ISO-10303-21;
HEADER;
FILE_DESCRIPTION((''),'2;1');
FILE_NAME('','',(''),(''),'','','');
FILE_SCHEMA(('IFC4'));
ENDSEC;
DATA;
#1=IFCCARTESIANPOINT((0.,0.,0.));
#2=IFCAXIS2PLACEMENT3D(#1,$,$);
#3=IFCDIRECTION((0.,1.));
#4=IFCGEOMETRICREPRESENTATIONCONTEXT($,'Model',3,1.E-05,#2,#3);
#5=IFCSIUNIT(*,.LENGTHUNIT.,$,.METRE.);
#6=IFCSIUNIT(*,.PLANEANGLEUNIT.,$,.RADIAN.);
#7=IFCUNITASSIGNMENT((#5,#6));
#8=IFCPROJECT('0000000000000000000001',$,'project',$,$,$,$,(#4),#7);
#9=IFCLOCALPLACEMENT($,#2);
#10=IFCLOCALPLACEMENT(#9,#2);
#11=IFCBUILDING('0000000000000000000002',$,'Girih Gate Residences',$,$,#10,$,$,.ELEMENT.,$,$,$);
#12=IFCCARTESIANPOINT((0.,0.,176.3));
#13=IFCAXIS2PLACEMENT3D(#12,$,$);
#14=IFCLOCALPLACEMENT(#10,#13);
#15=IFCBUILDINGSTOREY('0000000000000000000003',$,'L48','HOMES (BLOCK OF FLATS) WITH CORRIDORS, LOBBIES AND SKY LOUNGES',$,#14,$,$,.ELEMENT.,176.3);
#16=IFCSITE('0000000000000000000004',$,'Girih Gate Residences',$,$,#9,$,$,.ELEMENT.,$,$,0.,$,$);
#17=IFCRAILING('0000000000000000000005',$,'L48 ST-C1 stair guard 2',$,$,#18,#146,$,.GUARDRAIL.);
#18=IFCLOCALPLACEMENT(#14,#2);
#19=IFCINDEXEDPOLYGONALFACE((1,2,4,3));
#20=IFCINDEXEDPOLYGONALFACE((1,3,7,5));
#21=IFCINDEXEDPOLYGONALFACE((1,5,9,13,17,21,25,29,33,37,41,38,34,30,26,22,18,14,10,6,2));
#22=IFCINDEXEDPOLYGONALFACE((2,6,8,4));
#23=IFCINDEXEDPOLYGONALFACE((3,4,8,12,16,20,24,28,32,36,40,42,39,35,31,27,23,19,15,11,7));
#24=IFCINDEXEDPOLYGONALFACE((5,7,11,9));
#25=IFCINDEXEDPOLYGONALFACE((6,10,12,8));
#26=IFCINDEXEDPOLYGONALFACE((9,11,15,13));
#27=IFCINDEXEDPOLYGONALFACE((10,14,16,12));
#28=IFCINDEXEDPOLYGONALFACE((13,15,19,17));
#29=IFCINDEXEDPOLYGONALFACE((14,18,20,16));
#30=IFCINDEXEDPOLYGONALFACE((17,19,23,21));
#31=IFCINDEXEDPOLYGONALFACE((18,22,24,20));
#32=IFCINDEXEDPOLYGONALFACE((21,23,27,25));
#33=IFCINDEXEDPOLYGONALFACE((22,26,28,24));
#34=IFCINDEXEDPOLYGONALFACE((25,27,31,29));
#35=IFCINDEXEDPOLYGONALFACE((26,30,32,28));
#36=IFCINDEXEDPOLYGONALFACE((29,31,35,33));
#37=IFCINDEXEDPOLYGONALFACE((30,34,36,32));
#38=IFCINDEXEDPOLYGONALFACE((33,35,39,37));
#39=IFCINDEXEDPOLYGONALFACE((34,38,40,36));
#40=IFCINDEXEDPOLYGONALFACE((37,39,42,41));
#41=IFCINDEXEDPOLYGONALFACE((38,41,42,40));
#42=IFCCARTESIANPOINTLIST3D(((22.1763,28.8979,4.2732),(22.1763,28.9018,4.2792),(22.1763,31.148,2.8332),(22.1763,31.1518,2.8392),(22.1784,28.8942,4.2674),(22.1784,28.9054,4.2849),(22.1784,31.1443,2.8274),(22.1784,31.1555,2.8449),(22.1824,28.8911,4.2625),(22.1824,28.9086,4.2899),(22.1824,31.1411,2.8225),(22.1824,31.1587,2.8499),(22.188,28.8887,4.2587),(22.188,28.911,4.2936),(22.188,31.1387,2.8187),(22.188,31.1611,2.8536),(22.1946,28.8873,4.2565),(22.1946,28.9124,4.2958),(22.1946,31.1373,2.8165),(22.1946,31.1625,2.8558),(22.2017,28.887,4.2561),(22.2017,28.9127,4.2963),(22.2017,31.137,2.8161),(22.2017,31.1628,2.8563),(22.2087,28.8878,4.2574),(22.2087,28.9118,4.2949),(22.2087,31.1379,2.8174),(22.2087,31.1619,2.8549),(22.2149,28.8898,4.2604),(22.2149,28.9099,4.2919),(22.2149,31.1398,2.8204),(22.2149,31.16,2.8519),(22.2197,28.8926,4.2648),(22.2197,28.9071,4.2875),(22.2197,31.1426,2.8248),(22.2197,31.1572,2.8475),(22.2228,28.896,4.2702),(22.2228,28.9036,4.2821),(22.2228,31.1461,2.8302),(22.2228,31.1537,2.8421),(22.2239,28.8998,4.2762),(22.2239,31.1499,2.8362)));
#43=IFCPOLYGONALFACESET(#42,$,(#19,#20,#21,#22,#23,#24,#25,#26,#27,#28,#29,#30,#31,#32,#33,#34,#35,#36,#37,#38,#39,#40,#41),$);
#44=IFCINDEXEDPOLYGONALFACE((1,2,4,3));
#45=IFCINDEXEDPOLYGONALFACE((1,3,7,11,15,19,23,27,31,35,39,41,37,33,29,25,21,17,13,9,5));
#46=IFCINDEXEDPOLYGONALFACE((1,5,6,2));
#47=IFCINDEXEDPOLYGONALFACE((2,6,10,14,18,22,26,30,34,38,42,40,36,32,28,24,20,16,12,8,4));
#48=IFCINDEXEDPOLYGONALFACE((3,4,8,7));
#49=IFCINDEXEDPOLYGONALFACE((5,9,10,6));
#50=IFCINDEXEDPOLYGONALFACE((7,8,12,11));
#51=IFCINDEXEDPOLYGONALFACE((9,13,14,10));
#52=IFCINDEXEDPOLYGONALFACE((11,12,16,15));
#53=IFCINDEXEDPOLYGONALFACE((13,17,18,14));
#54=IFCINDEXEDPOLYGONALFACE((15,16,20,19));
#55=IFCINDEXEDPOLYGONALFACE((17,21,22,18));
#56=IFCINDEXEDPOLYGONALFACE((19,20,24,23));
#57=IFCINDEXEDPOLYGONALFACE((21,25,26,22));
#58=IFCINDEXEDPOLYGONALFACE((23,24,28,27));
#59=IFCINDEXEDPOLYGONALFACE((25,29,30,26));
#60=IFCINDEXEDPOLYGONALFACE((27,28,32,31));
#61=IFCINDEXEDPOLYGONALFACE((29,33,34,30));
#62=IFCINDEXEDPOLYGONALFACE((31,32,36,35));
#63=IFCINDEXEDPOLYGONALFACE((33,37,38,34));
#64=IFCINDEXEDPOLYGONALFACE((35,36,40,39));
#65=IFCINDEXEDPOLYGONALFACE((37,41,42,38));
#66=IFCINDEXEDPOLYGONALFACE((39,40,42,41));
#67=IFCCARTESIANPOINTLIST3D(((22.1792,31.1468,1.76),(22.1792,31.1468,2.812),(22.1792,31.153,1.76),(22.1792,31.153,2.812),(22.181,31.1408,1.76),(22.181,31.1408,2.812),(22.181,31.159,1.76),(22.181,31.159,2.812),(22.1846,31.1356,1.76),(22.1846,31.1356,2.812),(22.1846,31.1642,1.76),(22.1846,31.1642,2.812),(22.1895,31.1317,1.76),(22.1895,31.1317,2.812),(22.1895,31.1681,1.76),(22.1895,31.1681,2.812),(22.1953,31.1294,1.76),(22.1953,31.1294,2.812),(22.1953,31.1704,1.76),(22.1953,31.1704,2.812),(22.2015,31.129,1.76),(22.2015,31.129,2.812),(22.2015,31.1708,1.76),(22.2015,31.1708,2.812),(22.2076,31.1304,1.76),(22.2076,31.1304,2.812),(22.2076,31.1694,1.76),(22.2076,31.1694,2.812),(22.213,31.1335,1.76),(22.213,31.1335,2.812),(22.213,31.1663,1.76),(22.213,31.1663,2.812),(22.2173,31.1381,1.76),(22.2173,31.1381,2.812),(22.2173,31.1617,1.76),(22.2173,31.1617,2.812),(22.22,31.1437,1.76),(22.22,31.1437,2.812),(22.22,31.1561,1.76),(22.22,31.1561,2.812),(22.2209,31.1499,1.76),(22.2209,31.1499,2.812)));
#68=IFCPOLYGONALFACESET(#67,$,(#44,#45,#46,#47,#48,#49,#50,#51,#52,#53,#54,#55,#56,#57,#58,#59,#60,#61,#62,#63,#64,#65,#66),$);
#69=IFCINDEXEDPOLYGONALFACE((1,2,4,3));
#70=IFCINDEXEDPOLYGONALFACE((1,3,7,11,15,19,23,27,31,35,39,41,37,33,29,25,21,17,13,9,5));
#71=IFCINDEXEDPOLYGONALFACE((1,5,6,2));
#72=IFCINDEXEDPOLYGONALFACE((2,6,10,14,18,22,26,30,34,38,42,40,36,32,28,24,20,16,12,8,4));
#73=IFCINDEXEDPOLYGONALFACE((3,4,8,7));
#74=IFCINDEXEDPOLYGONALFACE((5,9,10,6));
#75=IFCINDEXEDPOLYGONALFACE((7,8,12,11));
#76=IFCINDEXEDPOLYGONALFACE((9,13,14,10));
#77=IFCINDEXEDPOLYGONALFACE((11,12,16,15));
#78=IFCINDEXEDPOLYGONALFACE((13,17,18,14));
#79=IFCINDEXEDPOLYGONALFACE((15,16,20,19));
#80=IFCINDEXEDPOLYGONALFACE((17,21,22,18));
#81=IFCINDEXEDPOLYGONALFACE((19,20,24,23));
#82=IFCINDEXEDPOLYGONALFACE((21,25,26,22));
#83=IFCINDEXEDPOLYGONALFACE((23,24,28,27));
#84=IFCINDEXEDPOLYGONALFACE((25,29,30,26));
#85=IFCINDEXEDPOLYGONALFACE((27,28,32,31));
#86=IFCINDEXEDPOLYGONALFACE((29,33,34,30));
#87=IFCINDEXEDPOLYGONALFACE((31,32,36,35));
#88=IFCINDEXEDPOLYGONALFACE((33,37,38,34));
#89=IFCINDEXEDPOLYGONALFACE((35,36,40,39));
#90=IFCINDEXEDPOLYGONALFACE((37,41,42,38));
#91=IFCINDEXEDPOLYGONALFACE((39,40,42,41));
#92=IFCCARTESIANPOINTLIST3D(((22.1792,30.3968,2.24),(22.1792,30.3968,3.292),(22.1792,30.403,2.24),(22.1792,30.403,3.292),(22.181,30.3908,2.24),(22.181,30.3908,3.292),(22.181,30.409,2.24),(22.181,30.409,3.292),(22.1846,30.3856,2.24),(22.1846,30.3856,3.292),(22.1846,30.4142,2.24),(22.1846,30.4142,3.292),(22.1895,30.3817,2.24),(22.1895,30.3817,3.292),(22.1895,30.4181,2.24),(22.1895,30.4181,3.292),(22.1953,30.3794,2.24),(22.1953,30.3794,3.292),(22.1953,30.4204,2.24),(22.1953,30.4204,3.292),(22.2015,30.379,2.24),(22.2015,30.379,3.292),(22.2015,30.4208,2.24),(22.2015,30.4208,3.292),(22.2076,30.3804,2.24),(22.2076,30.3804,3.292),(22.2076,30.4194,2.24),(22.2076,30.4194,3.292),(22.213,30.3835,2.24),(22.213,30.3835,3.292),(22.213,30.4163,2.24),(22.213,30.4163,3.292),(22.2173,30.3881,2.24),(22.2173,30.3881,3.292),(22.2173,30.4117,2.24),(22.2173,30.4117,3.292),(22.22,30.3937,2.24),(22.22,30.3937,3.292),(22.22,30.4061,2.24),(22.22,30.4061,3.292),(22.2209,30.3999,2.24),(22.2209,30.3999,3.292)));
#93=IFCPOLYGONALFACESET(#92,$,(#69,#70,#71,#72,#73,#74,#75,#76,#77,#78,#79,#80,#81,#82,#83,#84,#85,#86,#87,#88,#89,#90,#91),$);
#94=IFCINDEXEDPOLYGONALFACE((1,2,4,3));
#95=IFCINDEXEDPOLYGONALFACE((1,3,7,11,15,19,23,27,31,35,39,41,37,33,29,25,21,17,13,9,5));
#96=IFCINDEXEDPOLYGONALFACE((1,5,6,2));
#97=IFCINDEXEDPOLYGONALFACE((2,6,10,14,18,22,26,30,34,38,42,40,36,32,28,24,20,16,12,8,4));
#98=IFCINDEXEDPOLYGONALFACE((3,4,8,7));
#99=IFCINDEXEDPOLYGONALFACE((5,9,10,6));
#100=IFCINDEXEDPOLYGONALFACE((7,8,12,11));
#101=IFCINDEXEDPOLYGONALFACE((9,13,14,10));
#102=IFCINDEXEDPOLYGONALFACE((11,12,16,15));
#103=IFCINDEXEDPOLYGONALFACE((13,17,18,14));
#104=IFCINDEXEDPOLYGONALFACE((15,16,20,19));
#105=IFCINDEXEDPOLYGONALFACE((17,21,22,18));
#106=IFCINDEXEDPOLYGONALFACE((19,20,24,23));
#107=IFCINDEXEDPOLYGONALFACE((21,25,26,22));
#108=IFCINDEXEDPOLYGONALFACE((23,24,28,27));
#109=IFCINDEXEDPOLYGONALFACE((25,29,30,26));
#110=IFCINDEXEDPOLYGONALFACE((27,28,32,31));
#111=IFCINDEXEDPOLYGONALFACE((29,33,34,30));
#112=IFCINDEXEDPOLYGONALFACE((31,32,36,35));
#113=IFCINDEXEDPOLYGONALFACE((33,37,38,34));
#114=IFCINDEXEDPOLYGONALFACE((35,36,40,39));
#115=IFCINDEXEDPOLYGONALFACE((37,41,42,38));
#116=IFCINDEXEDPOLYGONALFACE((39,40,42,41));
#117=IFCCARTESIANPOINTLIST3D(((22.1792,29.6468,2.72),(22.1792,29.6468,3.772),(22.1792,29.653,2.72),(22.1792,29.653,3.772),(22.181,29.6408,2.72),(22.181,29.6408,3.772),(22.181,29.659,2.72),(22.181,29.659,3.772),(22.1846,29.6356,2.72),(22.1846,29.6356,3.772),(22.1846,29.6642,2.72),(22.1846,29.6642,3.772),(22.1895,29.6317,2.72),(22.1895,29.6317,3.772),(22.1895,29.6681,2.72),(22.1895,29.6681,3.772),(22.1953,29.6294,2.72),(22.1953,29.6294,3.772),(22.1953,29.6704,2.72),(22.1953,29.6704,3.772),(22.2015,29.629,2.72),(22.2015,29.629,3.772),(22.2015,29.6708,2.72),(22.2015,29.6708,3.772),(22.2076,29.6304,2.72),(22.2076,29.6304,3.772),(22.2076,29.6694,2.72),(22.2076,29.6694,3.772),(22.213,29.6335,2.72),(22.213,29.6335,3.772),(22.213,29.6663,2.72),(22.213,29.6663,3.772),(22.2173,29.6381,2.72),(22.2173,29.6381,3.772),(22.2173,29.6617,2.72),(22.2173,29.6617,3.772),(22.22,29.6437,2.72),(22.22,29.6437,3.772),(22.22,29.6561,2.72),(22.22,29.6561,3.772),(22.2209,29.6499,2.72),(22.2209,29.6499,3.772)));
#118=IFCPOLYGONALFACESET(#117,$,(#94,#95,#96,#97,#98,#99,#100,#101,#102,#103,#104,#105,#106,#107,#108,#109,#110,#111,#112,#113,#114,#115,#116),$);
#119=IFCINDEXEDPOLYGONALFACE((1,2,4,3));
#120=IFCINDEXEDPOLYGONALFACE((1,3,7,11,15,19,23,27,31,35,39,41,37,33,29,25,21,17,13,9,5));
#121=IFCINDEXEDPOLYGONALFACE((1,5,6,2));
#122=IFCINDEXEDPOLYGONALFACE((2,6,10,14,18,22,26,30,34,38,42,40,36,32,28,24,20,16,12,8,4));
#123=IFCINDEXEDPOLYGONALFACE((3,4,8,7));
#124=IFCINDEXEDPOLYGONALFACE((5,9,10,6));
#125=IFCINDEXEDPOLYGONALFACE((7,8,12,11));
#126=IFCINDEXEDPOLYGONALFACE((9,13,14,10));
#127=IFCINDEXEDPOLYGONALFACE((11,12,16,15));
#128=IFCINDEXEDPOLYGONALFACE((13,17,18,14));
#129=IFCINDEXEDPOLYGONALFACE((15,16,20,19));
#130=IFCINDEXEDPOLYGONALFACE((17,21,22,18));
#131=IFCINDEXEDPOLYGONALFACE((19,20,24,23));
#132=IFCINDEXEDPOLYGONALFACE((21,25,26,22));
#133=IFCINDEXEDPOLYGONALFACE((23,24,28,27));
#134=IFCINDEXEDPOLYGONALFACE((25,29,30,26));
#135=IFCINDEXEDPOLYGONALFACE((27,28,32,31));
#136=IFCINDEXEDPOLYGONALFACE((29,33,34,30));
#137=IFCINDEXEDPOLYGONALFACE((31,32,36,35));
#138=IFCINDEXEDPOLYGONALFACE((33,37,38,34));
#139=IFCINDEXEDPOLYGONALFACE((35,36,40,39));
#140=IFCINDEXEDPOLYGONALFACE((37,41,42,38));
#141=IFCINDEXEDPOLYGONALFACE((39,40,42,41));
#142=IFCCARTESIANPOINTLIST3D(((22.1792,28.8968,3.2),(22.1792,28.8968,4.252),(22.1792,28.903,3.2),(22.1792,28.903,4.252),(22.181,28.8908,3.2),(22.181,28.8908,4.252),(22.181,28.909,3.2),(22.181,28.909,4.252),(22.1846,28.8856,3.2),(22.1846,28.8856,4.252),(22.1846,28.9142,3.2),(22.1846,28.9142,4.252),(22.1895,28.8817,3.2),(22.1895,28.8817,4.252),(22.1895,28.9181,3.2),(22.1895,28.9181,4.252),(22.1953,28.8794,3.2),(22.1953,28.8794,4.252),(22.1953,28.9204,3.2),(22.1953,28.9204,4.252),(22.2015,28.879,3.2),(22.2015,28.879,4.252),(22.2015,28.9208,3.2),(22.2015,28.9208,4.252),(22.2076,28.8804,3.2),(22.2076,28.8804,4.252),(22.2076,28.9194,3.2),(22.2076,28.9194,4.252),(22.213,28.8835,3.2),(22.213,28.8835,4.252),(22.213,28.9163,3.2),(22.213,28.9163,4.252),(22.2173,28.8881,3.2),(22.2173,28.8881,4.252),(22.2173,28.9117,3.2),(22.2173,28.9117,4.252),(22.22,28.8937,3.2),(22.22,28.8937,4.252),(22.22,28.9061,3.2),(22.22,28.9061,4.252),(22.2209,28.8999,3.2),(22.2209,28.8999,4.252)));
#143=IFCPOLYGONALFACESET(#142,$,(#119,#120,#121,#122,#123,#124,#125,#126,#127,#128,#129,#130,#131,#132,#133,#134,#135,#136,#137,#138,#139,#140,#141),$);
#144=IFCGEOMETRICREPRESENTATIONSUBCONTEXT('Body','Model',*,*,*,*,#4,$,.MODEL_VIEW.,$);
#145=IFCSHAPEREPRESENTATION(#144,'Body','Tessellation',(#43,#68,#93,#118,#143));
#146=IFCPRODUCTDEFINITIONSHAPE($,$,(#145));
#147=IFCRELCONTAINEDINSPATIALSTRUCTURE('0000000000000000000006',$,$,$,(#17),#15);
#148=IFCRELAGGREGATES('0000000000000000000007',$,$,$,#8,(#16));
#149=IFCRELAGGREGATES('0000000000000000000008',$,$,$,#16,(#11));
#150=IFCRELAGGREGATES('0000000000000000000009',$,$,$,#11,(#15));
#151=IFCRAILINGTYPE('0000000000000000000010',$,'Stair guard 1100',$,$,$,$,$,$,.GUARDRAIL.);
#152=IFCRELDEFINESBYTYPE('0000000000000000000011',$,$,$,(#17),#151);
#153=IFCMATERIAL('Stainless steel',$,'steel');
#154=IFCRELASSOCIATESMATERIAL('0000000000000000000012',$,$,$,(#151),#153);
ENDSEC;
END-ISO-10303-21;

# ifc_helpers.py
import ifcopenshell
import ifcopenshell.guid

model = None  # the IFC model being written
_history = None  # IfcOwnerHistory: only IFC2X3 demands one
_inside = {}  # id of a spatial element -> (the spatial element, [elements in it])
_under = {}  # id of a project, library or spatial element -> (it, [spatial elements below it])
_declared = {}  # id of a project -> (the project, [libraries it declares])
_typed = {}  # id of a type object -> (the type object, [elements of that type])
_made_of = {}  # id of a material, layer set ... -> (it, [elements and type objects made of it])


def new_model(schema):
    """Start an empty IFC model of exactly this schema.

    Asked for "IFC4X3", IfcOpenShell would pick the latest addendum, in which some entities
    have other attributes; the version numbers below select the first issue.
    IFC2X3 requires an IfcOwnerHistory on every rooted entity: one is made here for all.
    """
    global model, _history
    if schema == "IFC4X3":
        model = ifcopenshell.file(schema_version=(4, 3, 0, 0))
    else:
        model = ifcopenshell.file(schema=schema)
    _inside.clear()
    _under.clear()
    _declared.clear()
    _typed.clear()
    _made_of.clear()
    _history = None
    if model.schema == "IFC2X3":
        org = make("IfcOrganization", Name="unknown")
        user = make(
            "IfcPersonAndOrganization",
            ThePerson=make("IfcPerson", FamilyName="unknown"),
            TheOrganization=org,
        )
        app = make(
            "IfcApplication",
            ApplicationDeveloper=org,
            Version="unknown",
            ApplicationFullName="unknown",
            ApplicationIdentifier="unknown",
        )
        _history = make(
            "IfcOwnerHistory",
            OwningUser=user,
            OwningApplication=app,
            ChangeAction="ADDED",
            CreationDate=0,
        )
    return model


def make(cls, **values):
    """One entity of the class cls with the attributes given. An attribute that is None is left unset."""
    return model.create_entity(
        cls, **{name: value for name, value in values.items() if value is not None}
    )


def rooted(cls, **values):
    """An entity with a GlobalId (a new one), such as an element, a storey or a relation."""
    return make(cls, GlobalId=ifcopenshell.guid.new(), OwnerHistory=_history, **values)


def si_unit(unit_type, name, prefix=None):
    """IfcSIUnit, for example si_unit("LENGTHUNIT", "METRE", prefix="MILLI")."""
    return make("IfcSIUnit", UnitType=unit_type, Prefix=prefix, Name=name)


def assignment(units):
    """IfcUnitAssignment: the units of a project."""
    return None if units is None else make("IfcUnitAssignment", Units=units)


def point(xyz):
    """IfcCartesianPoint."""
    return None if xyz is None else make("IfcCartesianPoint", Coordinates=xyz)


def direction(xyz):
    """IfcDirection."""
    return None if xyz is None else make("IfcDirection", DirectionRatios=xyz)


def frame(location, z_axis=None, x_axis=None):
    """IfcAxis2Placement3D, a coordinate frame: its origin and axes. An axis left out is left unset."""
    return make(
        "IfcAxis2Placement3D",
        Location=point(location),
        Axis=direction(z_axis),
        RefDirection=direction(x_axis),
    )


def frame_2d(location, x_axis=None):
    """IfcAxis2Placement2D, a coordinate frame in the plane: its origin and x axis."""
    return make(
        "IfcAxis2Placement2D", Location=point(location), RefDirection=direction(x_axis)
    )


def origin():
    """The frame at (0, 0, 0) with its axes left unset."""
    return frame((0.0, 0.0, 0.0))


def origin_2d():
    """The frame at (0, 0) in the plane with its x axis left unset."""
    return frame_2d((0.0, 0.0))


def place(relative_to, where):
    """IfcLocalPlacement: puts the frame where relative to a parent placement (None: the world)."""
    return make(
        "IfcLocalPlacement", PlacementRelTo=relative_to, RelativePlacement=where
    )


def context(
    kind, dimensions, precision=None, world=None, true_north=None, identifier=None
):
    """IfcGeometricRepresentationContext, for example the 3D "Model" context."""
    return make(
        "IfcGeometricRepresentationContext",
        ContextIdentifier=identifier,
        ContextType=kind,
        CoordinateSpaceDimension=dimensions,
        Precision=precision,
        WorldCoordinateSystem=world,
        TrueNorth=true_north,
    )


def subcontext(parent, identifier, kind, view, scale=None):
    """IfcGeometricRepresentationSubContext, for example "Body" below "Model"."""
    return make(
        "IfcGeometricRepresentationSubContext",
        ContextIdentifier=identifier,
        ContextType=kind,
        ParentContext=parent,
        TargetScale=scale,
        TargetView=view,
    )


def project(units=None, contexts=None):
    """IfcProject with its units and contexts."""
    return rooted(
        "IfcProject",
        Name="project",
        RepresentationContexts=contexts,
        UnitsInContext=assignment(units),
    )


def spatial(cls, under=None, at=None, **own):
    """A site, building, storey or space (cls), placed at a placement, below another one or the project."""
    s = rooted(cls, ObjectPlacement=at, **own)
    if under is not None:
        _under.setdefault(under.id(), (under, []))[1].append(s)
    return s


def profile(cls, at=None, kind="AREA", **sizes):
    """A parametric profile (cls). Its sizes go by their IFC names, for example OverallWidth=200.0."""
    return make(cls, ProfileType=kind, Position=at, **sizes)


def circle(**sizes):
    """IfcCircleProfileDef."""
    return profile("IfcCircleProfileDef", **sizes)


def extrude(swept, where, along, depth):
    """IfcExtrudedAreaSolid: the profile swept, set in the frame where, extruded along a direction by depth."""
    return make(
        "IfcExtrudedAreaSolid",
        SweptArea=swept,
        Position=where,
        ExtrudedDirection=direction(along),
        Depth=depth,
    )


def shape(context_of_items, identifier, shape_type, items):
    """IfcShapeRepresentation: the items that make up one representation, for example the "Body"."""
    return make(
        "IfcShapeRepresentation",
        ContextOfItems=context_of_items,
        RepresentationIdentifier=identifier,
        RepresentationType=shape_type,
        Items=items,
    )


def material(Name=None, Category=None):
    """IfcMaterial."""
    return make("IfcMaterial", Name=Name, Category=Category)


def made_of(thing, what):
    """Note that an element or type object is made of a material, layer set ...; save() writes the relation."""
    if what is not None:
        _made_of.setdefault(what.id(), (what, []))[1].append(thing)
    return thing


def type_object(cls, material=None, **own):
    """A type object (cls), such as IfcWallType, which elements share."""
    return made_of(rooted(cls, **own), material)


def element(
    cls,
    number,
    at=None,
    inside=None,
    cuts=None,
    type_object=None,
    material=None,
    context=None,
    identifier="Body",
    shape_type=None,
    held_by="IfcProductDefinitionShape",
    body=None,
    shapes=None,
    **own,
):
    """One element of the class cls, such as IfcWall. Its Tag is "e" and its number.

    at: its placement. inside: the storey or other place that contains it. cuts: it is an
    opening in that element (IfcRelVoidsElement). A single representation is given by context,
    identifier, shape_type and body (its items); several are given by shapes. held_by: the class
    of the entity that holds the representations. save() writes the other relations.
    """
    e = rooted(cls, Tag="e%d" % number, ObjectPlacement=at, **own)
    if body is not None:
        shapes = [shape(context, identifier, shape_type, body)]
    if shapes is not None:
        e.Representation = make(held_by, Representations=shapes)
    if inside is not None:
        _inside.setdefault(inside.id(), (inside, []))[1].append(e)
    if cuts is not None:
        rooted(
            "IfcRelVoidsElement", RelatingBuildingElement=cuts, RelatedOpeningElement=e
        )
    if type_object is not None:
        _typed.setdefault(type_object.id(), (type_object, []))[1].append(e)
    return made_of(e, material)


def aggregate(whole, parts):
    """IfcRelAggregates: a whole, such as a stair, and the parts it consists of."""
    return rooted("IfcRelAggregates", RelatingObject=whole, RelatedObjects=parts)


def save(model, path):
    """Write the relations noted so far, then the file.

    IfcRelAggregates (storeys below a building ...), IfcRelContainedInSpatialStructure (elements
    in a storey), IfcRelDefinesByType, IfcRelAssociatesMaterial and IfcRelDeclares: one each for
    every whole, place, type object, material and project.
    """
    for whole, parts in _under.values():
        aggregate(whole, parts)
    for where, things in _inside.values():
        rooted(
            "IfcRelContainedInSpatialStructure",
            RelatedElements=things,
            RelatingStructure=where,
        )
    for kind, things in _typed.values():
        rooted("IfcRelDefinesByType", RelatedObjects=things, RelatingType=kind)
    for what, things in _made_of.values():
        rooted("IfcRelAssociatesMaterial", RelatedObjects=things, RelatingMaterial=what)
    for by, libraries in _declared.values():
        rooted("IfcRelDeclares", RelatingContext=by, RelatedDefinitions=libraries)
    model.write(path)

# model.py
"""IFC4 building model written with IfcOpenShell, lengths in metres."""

from ifc_helpers import new_model, si_unit, direction, frame, origin, origin_2d, place, context, subcontext, project, spatial, circle, extrude, material, type_object, element, save


model = new_model("IFC4")

# Units and contexts
model_context = context("Model", 3, precision=1e-05, world=origin(), true_north=direction((0.0, 1.0)))
body_context = subcontext(model_context, "Body", "Model", "MODEL_VIEW")
ifc_project = project(units=[si_unit("LENGTHUNIT", "METRE"), si_unit("PLANEANGLEUNIT", "RADIAN")], contexts=[model_context])

# Site, building, storey
site_placement = place(None, origin())
site = spatial("IfcSite", under=ifc_project, at=site_placement, Name="Girih Gate Residences", CompositionType="ELEMENT", RefElevation=0.0)
building_placement = place(site_placement, origin())
building = spatial("IfcBuilding", under=site, at=building_placement, Name="Girih Gate Residences", CompositionType="ELEMENT")
storey_placement = place(building_placement, frame((0.0, 0.0, 176.3)))
storey = spatial("IfcBuildingStorey", under=building, at=storey_placement, Name="L48", Description="HOMES (BLOCK OF FLATS) WITH CORRIDORS, LOBBIES AND SKY LOUNGES", CompositionType="ELEMENT", Elevation=176.3)

# Railing
ifc_material_1 = material(Name="Stainless steel", Category="steel")
railing_type_1 = type_object("IfcRailingType", Name="Stair guard 1100", PredefinedType="GUARDRAIL", material=ifc_material_1)
railing_1_placement = place(storey_placement, frame((22.2, 31.1499, 1.76)))
element("IfcRailing", 1, at=railing_1_placement, inside=storey, type_object=railing_type_1, Name="L48 ST-C1 stair guard 2", PredefinedType="GUARDRAIL", context=body_context, shape_type="SweptSolid", body=[
    extrude(circle(Radius=0.0239, at=origin_2d()), frame((0.0, 0.0, 1.0762), z_axis=(0.0, -0.842281, 0.539038), x_axis=(1.0, 0.0, 0.0)), (0.0, 0.0, 1.0), 2.6714),
    extrude(circle(Radius=0.021, at=origin_2d()), origin(), (0.0, 0.0, 1.0), 1.052),
    extrude(circle(Radius=0.021, at=origin_2d()), frame((0.0, -0.75, 0.48)), (0.0, 0.0, 1.0), 1.052),
    extrude(circle(Radius=0.021, at=origin_2d()), frame((0.0, -1.5, 0.96)), (0.0, 0.0, 1.0), 1.052),
    extrude(circle(Radius=0.021, at=origin_2d()), frame((0.0, -2.25, 1.4399)), (0.0, 0.0, 1.0), 1.052),
])

save(model, "model.ifc")
